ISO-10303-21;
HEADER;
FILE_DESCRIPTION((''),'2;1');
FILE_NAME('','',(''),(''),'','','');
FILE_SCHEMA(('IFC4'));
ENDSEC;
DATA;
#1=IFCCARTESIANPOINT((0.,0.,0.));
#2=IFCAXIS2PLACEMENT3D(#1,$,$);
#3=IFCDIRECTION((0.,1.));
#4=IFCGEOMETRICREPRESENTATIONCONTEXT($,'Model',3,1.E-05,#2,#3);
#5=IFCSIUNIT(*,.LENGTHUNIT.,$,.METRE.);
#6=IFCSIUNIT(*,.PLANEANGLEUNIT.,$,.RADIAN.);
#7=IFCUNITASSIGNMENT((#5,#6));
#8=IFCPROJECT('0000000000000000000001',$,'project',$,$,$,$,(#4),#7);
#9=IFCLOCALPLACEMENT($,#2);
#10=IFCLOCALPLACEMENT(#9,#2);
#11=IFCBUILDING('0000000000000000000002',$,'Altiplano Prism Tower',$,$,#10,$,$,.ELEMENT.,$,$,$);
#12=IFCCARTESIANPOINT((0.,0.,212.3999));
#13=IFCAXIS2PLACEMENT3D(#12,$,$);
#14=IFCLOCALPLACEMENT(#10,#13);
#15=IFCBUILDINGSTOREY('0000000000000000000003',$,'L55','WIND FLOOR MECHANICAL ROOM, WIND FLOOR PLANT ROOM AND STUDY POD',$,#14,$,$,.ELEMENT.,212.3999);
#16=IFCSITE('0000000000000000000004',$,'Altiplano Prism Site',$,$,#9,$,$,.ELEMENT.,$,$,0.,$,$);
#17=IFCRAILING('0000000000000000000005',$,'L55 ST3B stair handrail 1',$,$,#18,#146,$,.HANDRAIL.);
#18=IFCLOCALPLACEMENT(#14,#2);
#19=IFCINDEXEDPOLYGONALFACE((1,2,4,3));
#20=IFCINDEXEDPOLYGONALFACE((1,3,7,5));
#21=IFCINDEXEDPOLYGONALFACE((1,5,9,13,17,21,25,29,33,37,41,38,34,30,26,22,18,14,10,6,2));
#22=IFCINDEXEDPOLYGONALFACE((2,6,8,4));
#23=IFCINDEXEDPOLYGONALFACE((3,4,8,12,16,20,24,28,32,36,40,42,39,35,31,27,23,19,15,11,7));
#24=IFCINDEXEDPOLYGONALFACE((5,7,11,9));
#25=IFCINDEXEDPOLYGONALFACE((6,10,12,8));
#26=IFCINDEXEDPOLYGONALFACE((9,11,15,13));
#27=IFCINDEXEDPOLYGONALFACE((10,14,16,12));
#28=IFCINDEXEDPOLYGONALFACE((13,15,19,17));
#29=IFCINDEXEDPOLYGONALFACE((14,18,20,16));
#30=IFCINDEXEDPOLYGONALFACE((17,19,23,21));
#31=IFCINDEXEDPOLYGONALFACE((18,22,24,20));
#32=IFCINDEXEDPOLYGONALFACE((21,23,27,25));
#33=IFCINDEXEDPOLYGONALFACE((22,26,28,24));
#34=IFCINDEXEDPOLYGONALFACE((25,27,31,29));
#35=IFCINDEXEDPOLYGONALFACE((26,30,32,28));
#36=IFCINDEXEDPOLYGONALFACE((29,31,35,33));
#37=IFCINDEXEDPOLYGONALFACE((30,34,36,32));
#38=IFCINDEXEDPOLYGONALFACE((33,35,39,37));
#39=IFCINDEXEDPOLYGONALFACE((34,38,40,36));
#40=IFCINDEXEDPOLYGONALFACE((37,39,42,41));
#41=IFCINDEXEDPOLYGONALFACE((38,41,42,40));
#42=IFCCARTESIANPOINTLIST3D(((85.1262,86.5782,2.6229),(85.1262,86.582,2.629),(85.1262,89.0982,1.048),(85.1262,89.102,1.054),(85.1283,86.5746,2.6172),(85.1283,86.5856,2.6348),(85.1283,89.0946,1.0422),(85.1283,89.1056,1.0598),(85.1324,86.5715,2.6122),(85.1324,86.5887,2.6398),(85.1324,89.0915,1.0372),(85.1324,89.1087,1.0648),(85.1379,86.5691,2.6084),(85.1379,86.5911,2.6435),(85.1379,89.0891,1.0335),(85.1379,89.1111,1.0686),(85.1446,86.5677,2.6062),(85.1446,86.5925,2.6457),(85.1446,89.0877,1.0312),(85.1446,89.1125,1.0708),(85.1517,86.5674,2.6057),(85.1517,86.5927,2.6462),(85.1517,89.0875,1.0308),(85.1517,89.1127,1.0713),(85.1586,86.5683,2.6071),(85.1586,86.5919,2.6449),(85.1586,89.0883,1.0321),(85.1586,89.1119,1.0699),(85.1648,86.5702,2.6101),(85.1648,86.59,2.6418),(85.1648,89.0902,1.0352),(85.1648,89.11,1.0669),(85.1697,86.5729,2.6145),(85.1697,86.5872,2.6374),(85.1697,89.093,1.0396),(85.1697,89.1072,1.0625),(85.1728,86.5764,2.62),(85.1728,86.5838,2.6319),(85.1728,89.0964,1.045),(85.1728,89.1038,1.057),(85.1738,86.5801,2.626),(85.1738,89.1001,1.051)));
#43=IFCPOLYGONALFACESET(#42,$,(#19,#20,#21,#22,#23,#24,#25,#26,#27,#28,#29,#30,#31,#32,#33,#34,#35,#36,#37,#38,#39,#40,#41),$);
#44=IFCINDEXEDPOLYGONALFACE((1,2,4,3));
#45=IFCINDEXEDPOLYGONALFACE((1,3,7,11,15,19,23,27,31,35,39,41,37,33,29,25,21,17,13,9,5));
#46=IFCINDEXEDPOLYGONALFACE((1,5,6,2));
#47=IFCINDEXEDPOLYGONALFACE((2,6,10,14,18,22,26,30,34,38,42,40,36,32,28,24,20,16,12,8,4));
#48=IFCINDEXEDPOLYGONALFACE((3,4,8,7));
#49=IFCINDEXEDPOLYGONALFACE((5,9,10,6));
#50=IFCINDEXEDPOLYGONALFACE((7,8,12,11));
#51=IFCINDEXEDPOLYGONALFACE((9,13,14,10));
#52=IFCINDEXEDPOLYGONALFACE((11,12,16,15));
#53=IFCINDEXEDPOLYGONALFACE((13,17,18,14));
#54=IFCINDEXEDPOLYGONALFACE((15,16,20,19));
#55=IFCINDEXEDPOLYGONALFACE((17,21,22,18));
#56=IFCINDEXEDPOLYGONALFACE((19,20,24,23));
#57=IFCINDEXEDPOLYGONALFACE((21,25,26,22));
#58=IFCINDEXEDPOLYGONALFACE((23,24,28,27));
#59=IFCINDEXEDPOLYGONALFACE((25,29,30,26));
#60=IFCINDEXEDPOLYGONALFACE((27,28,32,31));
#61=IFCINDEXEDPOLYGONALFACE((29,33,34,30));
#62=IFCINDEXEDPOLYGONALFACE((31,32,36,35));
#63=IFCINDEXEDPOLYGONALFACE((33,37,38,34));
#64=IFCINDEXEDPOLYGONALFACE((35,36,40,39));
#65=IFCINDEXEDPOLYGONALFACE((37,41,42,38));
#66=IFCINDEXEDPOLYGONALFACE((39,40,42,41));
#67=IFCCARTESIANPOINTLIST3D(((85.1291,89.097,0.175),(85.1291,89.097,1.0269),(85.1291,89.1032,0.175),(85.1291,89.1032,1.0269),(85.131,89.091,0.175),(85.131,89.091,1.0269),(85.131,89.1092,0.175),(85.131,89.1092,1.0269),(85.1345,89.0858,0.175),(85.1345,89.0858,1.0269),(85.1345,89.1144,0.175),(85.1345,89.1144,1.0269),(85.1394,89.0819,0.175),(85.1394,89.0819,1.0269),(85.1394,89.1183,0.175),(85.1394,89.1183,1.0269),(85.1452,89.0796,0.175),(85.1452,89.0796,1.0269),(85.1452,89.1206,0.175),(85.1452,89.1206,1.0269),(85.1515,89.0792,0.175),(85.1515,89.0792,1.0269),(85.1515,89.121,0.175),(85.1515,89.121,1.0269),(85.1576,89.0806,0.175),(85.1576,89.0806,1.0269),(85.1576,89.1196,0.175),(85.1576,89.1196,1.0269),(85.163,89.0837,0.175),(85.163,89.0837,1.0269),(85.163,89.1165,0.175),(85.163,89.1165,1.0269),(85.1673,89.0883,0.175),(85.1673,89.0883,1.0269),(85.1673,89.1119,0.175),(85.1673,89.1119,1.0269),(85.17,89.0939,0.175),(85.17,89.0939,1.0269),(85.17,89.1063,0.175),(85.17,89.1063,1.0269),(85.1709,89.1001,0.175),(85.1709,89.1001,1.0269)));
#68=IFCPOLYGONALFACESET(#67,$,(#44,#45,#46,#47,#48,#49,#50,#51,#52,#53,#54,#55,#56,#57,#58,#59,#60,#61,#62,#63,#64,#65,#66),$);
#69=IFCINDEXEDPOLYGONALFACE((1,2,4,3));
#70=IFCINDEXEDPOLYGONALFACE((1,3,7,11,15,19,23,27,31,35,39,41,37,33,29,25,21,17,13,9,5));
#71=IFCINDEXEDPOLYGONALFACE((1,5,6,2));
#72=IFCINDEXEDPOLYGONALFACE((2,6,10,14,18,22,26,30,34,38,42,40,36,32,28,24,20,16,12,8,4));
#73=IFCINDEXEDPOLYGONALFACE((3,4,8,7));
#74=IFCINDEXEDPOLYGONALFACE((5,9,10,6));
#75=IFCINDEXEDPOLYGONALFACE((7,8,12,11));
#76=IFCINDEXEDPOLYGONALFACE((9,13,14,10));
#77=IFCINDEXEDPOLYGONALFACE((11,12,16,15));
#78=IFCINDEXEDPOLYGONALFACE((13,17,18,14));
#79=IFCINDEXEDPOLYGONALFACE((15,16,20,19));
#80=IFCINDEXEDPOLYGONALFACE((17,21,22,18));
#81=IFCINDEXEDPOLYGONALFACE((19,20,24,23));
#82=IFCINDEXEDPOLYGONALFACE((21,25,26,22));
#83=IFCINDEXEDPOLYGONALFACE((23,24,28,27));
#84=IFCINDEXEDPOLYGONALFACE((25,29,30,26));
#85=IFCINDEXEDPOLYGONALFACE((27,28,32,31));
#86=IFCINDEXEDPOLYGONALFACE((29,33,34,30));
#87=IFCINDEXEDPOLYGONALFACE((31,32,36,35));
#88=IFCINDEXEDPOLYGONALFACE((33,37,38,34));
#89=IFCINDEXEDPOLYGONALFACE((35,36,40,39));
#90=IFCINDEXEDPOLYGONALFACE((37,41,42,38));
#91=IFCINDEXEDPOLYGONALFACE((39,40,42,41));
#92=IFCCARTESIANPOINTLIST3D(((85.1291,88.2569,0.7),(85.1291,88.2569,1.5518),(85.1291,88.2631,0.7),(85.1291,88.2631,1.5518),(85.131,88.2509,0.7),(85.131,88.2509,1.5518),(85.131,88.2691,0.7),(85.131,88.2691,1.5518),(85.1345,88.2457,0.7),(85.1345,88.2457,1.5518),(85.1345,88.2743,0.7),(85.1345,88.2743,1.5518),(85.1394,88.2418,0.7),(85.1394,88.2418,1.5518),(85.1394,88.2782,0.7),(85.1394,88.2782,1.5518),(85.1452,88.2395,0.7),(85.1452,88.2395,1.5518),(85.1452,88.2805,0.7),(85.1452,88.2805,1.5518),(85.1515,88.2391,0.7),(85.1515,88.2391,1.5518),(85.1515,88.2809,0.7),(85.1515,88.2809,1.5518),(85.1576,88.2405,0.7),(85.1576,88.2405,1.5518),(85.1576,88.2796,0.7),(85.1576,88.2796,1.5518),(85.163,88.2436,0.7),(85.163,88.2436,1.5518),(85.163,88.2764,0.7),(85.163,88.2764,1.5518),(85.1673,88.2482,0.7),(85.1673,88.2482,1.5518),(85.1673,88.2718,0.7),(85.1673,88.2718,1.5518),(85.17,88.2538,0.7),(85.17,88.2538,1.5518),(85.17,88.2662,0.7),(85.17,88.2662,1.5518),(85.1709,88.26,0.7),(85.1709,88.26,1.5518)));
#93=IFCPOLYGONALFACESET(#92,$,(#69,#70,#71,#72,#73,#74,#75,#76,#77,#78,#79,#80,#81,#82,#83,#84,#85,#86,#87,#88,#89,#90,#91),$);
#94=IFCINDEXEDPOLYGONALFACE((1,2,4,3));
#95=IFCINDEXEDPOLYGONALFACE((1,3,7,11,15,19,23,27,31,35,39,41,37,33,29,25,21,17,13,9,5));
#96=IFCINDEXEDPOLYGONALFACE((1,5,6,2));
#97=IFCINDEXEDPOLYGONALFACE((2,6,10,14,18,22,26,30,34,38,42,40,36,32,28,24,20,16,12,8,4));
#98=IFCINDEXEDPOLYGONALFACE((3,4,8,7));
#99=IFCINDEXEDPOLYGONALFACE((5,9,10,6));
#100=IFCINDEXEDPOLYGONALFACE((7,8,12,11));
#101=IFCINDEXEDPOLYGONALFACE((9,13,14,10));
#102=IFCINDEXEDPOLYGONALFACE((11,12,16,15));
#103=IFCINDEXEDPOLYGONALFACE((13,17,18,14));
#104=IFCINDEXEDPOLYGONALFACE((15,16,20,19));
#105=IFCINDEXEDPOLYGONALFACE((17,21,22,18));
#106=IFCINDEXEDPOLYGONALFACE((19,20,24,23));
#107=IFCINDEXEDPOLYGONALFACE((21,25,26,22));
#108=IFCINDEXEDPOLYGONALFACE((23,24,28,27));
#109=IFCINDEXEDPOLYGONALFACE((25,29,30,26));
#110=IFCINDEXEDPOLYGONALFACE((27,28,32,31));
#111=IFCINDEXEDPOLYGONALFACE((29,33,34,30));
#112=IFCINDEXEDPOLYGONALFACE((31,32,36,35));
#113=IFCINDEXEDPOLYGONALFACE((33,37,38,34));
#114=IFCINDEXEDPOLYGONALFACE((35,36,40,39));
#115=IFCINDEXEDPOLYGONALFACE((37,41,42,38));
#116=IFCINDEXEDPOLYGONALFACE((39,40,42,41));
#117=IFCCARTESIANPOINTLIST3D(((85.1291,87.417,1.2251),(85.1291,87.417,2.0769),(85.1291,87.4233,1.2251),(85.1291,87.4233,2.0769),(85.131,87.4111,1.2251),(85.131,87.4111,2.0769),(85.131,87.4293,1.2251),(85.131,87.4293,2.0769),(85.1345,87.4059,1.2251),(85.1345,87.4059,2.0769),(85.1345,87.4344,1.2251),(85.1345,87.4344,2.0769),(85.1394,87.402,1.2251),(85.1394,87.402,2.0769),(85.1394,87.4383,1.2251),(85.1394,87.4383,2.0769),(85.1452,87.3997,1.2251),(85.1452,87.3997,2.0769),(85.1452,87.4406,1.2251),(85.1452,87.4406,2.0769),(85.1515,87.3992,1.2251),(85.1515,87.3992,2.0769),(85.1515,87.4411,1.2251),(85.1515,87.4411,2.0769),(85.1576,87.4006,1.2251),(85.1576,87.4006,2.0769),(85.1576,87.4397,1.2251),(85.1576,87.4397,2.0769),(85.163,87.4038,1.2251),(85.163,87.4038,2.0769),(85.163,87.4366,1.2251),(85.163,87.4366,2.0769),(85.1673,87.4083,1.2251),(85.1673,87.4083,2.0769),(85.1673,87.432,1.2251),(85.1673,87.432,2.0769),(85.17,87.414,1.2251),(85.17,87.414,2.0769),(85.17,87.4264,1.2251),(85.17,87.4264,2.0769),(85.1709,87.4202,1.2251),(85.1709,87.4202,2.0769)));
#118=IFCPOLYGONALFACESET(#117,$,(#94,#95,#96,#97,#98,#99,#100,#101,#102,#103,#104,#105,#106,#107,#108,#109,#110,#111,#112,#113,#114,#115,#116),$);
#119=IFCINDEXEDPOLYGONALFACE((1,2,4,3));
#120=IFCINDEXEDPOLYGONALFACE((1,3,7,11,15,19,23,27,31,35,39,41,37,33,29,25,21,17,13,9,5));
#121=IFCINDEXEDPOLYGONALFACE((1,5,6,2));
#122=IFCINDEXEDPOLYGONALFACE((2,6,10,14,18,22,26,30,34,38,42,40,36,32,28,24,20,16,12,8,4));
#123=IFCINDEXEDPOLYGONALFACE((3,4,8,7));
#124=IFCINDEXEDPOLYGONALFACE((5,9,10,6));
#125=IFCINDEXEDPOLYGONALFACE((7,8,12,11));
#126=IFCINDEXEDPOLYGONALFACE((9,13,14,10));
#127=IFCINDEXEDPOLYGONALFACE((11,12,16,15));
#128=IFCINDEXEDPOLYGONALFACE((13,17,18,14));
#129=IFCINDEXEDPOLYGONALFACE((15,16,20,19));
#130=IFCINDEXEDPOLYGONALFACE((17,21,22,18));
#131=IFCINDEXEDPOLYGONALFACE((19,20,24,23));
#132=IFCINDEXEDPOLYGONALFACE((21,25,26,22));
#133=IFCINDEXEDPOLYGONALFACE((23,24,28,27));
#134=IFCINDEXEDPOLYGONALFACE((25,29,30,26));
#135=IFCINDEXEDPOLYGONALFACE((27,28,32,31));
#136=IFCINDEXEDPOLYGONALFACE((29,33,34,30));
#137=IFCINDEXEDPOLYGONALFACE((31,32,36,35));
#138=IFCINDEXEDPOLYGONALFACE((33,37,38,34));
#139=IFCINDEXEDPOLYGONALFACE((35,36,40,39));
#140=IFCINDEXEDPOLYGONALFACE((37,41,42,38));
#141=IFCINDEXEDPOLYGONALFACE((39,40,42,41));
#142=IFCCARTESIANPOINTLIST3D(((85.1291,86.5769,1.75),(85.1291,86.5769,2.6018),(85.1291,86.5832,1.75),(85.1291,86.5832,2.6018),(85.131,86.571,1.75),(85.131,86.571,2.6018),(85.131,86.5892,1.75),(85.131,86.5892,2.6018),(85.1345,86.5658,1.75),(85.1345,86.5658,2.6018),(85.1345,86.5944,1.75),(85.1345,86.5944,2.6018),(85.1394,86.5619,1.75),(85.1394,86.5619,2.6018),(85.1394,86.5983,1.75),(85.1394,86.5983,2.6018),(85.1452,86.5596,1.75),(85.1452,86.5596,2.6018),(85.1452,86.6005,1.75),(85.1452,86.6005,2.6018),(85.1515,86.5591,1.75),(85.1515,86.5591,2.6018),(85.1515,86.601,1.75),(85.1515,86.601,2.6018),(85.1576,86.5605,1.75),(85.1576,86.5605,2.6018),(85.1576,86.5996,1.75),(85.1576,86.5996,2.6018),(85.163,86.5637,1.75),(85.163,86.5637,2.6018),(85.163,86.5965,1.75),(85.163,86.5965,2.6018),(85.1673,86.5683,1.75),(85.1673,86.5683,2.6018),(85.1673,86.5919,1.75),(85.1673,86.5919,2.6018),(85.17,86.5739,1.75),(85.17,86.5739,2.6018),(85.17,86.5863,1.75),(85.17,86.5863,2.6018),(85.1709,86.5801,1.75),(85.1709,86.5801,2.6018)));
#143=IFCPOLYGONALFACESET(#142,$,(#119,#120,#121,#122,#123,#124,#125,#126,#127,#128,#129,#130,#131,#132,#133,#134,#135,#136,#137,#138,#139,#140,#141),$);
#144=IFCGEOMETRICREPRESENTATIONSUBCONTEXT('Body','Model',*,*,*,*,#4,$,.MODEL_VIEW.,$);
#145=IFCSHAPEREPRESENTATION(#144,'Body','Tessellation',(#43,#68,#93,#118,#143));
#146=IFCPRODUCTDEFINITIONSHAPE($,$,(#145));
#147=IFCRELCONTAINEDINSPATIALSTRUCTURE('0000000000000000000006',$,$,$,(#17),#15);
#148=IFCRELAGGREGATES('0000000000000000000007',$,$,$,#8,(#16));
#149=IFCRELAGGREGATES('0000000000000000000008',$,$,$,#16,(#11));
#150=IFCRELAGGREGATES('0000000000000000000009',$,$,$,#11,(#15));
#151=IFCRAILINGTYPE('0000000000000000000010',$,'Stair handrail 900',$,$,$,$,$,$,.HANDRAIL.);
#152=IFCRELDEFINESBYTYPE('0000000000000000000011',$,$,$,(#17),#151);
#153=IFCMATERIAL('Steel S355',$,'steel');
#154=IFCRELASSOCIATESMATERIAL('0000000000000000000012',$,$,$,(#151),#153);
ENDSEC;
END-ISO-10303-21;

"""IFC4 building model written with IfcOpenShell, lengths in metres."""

from ifc_helpers import new_model, si_unit, direction, frame, origin, origin_2d, place, context, subcontext, project, spatial, circle, extrude, material, type_object, element, save


model = new_model("IFC4")

# Units and contexts
model_context = context("Model", 3, precision=1e-05, world=origin(), true_north=direction((0.0, 1.0)))
body_context = subcontext(model_context, "Body", "Model", "MODEL_VIEW")
ifc_project = project(units=[si_unit("LENGTHUNIT", "METRE"), si_unit("PLANEANGLEUNIT", "RADIAN")], contexts=[model_context])

# Site, building, storey
site_placement = place(None, origin())
site = spatial("IfcSite", under=ifc_project, at=site_placement, Name="Altiplano Prism Site", CompositionType="ELEMENT", RefElevation=0.0)
building_placement = place(site_placement, origin())
building = spatial("IfcBuilding", under=site, at=building_placement, Name="Altiplano Prism Tower", CompositionType="ELEMENT")
storey_placement = place(building_placement, frame((0.0, 0.0, 212.3999)))
storey = spatial("IfcBuildingStorey", under=building, at=storey_placement, Name="L55", Description="WIND FLOOR MECHANICAL ROOM, WIND FLOOR PLANT ROOM AND STUDY POD", CompositionType="ELEMENT", Elevation=212.3999)

# Shared definitions
ifc_material_1 = material(Name="Steel S355", Category="steel")

# Railing
railing_type_1 = type_object("IfcRailingType", Name="Stair handrail 900", PredefinedType="HANDRAIL", material=ifc_material_1)
railing_1_placement = place(storey_placement, frame((85.1499, 89.1001, 0.175)))
element("IfcRailing", 1, at=railing_1_placement, inside=storey, type_object=railing_type_1, Name="L55 ST3B stair handrail 1", PredefinedType="HANDRAIL", context=body_context, shape_type="SweptSolid", body=[
    extrude(circle(Radius=0.0239, at=origin_2d()), frame((0.0, 0.0, 0.876), z_axis=(0.0, -0.848008, 0.529984), x_axis=(1.0, 0.0, 0.0)), (0.0, 0.0, 1.0), 2.9717),
    extrude(circle(Radius=0.021, at=origin_2d()), origin(), (0.0, 0.0, 1.0), 0.8518),
    extrude(circle(Radius=0.021, at=origin_2d()), frame((0.0, -0.8401, 0.5249)), (0.0, 0.0, 1.0), 0.8518),
    extrude(circle(Radius=0.021, at=origin_2d()), frame((0.0, -1.6799, 1.05)), (0.0, 0.0, 1.0), 0.8518),
    extrude(circle(Radius=0.021, at=origin_2d()), frame((0.0, -2.52, 1.575)), (0.0, 0.0, 1.0), 0.8518),
])

save(model, "model.ifc")
